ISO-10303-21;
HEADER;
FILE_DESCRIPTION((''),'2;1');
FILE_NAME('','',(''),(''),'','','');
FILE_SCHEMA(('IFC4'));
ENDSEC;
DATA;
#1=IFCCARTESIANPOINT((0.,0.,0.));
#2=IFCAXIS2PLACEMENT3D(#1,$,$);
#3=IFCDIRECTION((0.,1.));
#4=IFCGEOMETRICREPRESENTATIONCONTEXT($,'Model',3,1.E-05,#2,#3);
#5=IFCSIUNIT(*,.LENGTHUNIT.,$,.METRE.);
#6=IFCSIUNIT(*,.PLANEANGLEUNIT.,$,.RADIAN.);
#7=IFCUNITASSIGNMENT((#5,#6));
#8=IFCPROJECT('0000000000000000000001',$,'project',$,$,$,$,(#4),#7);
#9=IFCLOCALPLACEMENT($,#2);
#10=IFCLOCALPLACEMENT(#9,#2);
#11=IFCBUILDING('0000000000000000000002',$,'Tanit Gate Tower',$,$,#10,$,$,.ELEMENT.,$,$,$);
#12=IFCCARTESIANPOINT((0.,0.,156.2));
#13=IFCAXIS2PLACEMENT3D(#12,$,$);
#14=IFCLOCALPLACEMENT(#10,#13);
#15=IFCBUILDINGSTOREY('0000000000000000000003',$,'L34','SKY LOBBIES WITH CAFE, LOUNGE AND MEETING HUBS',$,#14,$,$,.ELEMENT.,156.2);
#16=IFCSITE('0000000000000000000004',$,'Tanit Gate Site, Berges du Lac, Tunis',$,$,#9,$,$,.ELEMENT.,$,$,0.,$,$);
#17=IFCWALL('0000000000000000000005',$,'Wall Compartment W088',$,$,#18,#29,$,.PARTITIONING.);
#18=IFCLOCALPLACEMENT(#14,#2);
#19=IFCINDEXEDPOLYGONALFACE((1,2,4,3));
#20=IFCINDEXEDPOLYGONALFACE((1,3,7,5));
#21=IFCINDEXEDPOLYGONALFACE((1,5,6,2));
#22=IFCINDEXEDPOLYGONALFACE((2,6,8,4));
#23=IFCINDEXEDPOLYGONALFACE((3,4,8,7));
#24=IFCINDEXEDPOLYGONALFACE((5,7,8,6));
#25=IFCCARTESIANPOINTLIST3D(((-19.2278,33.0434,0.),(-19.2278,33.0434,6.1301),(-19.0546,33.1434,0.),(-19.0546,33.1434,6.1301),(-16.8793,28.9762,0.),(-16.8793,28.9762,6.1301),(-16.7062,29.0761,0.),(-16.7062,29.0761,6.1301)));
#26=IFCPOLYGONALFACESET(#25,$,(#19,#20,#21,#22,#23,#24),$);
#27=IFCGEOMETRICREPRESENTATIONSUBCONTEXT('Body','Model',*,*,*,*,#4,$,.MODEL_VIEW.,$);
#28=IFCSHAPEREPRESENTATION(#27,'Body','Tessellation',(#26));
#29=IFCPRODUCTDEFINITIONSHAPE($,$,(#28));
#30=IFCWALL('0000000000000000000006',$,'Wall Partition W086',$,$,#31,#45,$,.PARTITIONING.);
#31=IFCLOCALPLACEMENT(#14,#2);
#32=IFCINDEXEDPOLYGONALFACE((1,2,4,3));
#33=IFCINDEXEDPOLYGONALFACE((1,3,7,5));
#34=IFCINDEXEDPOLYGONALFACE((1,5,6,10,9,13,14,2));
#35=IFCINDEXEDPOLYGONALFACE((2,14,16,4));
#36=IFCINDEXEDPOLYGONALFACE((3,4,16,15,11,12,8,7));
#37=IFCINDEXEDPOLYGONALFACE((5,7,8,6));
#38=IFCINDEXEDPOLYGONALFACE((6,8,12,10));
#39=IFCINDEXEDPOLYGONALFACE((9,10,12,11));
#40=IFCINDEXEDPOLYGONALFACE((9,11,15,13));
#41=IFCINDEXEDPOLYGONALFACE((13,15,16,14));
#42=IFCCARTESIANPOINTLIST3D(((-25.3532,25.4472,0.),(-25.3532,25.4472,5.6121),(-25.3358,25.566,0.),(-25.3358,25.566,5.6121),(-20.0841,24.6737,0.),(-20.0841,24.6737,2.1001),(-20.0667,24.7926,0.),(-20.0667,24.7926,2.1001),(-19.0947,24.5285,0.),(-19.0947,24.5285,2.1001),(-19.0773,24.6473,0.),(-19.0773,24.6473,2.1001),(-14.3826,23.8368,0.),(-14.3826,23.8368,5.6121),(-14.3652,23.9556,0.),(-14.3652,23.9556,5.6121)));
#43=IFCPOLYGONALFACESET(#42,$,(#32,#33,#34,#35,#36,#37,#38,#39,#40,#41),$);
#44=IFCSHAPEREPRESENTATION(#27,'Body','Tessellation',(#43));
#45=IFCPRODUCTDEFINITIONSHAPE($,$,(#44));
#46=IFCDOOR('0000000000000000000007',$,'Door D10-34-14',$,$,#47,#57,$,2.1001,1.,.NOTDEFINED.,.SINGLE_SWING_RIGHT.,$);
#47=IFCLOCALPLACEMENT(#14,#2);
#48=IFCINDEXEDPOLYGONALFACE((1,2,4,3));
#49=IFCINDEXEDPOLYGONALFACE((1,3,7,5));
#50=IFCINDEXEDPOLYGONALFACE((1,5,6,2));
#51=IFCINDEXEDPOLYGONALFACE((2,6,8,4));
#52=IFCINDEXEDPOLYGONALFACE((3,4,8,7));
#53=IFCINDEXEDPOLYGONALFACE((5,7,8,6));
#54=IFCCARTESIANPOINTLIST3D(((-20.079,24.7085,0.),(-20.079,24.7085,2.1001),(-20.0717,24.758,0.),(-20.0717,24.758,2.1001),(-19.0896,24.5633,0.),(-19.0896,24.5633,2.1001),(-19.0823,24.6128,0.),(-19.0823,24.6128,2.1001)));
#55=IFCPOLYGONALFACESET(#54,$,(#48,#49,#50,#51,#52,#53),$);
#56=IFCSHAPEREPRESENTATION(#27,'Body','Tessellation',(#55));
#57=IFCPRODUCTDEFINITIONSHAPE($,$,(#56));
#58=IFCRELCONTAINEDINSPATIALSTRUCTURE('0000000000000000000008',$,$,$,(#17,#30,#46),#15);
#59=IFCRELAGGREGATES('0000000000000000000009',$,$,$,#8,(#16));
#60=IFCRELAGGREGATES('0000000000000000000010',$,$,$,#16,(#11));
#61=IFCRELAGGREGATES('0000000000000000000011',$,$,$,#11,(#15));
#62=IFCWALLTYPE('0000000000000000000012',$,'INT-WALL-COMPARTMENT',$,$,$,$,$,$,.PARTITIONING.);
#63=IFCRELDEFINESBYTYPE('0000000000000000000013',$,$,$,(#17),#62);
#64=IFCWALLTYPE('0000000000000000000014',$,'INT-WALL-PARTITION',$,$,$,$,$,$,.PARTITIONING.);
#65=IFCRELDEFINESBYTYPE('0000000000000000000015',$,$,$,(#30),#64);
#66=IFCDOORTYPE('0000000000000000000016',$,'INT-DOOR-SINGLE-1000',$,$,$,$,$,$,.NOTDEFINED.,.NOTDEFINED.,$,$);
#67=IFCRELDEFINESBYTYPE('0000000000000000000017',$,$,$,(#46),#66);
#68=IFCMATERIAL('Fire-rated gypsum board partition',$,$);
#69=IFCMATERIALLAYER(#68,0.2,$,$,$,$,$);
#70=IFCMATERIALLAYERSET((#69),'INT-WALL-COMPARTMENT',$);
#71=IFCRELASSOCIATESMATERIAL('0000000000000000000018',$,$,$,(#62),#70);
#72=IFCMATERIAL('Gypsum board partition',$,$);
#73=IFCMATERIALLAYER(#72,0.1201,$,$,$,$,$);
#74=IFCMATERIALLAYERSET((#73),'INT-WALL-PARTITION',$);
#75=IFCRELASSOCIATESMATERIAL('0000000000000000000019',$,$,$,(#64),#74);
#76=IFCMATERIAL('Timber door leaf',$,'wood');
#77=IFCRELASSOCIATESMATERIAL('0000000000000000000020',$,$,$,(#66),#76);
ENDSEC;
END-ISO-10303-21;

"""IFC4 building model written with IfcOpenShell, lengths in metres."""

from ifc_helpers import new_model, si_unit, direction, frame, frame_2d, origin, place, context, subcontext, project, spatial, rectangle, extrude, material, layer, layer_set, type_object, element, fill, save


model = new_model("IFC4")

# Units and contexts
model_context = context("Model", 3, precision=1e-05, world=origin(), true_north=direction((0.0, 1.0)))
body_context = subcontext(model_context, "Body", "Model", "MODEL_VIEW")
ifc_project = project(units=[si_unit("LENGTHUNIT", "METRE"), si_unit("PLANEANGLEUNIT", "RADIAN")], contexts=[model_context])

# Site, building, storey
site_placement = place(None, origin())
site = spatial("IfcSite", under=ifc_project, at=site_placement, Name="Tanit Gate Site, Berges du Lac, Tunis", CompositionType="ELEMENT", RefElevation=0.0)
building_placement = place(site_placement, origin())
building = spatial("IfcBuilding", under=site, at=building_placement, Name="Tanit Gate Tower", CompositionType="ELEMENT")
storey_placement = place(building_placement, frame((0.0, 0.0, 156.2)))
storey = spatial("IfcBuildingStorey", under=building, at=storey_placement, Name="L34", Description="SKY LOBBIES WITH CAFE, LOUNGE AND MEETING HUBS", CompositionType="ELEMENT", Elevation=156.2)

# Wall
ifc_material_1 = material(Name="Fire-rated gypsum board partition")
ifc_layer_1 = layer(ifc_material_1, 0.2)
ifc_layer_set_1 = layer_set([ifc_layer_1], Name="INT-WALL-COMPARTMENT")
wall_type_1 = type_object("IfcWallType", Name="INT-WALL-COMPARTMENT", PredefinedType="PARTITIONING", material=ifc_layer_set_1)
wall_1_placement = place(storey_placement, frame((-19.1411, 33.0933, 0.0), z_axis=(0.0, 0.0, 1.0), x_axis=(0.500036, -0.866005, 0.0)))
element("IfcWall", 1, at=wall_1_placement, inside=storey, type_object=wall_type_1, Name="Wall Compartment W088", PredefinedType="PARTITIONING", context=body_context, shape_type="SweptSolid", body=[
    extrude(rectangle(XDim=4.6965, YDim=0.2, at=frame_2d((2.3481, 0.0))), origin(), (0.0, 0.0, 1.0), 6.1301),
])

# Wall, opening, door
ifc_material_2 = material(Name="Gypsum board partition")
ifc_layer_2 = layer(ifc_material_2, 0.1201)
ifc_layer_set_2 = layer_set([ifc_layer_2], Name="INT-WALL-PARTITION")
wall_type_2 = type_object("IfcWallType", Name="INT-WALL-PARTITION", PredefinedType="PARTITIONING", material=ifc_layer_set_2)
wall_2_placement = place(storey_placement, frame((-14.374, 23.8962, 0.0), z_axis=(0.0, 0.0, 1.0), x_axis=(-0.989397, 0.145233, 0.0)))
wall_2 = element("IfcWall", 2, at=wall_2_placement, inside=storey, type_object=wall_type_2, Name="Wall Partition W086", PredefinedType="PARTITIONING", context=body_context, shape_type="SweptSolid", body=[
    extrude(rectangle(XDim=11.0881, YDim=0.1201, at=frame_2d((5.5439, 0.0))), origin(), (0.0, 0.0, 1.0), 5.6121),
])
opening_placement = place(wall_2_placement, frame((4.7625, 0.0, 0.0)))
opening = element("IfcOpeningElement", 3, at=opening_placement, cuts=wall_2, PredefinedType="OPENING", context=body_context, shape_type="SweptSolid", body=[
    extrude(rectangle(XDim=1.0, YDim=2.1001, at=frame_2d((0.5, 1.05))), frame((0.0, 0.0701, 0.0), z_axis=(0.0, -1.0, 0.0), x_axis=(1.0, 0.0, 0.0)), (0.0, 0.0, 1.0), 0.1401),
])
ifc_material_3 = material(Name="Timber door leaf", Category="wood")
door_type = type_object("IfcDoorType", Name="INT-DOOR-SINGLE-1000", OperationType="NOTDEFINED", PredefinedType="NOTDEFINED", material=ifc_material_3)
door_placement = place(opening_placement, origin())
door = element("IfcDoor", 4, at=door_placement, inside=storey, type_object=door_type, Name="Door D10-34-14", OperationType="SINGLE_SWING_RIGHT", OverallHeight=2.1001, OverallWidth=1.0, PredefinedType="NOTDEFINED", context=body_context, shape_type="SweptSolid", body=[
    extrude(rectangle(XDim=1.0, YDim=2.1001, at=frame_2d((0.5, 1.05))), frame((0.0, 0.0249, 0.0), z_axis=(0.0, -1.0, 0.0), x_axis=(1.0, 0.0, 0.0)), (0.0, 0.0, 1.0), 0.05),
])
fill(opening, door)

save(model, "model.ifc")
